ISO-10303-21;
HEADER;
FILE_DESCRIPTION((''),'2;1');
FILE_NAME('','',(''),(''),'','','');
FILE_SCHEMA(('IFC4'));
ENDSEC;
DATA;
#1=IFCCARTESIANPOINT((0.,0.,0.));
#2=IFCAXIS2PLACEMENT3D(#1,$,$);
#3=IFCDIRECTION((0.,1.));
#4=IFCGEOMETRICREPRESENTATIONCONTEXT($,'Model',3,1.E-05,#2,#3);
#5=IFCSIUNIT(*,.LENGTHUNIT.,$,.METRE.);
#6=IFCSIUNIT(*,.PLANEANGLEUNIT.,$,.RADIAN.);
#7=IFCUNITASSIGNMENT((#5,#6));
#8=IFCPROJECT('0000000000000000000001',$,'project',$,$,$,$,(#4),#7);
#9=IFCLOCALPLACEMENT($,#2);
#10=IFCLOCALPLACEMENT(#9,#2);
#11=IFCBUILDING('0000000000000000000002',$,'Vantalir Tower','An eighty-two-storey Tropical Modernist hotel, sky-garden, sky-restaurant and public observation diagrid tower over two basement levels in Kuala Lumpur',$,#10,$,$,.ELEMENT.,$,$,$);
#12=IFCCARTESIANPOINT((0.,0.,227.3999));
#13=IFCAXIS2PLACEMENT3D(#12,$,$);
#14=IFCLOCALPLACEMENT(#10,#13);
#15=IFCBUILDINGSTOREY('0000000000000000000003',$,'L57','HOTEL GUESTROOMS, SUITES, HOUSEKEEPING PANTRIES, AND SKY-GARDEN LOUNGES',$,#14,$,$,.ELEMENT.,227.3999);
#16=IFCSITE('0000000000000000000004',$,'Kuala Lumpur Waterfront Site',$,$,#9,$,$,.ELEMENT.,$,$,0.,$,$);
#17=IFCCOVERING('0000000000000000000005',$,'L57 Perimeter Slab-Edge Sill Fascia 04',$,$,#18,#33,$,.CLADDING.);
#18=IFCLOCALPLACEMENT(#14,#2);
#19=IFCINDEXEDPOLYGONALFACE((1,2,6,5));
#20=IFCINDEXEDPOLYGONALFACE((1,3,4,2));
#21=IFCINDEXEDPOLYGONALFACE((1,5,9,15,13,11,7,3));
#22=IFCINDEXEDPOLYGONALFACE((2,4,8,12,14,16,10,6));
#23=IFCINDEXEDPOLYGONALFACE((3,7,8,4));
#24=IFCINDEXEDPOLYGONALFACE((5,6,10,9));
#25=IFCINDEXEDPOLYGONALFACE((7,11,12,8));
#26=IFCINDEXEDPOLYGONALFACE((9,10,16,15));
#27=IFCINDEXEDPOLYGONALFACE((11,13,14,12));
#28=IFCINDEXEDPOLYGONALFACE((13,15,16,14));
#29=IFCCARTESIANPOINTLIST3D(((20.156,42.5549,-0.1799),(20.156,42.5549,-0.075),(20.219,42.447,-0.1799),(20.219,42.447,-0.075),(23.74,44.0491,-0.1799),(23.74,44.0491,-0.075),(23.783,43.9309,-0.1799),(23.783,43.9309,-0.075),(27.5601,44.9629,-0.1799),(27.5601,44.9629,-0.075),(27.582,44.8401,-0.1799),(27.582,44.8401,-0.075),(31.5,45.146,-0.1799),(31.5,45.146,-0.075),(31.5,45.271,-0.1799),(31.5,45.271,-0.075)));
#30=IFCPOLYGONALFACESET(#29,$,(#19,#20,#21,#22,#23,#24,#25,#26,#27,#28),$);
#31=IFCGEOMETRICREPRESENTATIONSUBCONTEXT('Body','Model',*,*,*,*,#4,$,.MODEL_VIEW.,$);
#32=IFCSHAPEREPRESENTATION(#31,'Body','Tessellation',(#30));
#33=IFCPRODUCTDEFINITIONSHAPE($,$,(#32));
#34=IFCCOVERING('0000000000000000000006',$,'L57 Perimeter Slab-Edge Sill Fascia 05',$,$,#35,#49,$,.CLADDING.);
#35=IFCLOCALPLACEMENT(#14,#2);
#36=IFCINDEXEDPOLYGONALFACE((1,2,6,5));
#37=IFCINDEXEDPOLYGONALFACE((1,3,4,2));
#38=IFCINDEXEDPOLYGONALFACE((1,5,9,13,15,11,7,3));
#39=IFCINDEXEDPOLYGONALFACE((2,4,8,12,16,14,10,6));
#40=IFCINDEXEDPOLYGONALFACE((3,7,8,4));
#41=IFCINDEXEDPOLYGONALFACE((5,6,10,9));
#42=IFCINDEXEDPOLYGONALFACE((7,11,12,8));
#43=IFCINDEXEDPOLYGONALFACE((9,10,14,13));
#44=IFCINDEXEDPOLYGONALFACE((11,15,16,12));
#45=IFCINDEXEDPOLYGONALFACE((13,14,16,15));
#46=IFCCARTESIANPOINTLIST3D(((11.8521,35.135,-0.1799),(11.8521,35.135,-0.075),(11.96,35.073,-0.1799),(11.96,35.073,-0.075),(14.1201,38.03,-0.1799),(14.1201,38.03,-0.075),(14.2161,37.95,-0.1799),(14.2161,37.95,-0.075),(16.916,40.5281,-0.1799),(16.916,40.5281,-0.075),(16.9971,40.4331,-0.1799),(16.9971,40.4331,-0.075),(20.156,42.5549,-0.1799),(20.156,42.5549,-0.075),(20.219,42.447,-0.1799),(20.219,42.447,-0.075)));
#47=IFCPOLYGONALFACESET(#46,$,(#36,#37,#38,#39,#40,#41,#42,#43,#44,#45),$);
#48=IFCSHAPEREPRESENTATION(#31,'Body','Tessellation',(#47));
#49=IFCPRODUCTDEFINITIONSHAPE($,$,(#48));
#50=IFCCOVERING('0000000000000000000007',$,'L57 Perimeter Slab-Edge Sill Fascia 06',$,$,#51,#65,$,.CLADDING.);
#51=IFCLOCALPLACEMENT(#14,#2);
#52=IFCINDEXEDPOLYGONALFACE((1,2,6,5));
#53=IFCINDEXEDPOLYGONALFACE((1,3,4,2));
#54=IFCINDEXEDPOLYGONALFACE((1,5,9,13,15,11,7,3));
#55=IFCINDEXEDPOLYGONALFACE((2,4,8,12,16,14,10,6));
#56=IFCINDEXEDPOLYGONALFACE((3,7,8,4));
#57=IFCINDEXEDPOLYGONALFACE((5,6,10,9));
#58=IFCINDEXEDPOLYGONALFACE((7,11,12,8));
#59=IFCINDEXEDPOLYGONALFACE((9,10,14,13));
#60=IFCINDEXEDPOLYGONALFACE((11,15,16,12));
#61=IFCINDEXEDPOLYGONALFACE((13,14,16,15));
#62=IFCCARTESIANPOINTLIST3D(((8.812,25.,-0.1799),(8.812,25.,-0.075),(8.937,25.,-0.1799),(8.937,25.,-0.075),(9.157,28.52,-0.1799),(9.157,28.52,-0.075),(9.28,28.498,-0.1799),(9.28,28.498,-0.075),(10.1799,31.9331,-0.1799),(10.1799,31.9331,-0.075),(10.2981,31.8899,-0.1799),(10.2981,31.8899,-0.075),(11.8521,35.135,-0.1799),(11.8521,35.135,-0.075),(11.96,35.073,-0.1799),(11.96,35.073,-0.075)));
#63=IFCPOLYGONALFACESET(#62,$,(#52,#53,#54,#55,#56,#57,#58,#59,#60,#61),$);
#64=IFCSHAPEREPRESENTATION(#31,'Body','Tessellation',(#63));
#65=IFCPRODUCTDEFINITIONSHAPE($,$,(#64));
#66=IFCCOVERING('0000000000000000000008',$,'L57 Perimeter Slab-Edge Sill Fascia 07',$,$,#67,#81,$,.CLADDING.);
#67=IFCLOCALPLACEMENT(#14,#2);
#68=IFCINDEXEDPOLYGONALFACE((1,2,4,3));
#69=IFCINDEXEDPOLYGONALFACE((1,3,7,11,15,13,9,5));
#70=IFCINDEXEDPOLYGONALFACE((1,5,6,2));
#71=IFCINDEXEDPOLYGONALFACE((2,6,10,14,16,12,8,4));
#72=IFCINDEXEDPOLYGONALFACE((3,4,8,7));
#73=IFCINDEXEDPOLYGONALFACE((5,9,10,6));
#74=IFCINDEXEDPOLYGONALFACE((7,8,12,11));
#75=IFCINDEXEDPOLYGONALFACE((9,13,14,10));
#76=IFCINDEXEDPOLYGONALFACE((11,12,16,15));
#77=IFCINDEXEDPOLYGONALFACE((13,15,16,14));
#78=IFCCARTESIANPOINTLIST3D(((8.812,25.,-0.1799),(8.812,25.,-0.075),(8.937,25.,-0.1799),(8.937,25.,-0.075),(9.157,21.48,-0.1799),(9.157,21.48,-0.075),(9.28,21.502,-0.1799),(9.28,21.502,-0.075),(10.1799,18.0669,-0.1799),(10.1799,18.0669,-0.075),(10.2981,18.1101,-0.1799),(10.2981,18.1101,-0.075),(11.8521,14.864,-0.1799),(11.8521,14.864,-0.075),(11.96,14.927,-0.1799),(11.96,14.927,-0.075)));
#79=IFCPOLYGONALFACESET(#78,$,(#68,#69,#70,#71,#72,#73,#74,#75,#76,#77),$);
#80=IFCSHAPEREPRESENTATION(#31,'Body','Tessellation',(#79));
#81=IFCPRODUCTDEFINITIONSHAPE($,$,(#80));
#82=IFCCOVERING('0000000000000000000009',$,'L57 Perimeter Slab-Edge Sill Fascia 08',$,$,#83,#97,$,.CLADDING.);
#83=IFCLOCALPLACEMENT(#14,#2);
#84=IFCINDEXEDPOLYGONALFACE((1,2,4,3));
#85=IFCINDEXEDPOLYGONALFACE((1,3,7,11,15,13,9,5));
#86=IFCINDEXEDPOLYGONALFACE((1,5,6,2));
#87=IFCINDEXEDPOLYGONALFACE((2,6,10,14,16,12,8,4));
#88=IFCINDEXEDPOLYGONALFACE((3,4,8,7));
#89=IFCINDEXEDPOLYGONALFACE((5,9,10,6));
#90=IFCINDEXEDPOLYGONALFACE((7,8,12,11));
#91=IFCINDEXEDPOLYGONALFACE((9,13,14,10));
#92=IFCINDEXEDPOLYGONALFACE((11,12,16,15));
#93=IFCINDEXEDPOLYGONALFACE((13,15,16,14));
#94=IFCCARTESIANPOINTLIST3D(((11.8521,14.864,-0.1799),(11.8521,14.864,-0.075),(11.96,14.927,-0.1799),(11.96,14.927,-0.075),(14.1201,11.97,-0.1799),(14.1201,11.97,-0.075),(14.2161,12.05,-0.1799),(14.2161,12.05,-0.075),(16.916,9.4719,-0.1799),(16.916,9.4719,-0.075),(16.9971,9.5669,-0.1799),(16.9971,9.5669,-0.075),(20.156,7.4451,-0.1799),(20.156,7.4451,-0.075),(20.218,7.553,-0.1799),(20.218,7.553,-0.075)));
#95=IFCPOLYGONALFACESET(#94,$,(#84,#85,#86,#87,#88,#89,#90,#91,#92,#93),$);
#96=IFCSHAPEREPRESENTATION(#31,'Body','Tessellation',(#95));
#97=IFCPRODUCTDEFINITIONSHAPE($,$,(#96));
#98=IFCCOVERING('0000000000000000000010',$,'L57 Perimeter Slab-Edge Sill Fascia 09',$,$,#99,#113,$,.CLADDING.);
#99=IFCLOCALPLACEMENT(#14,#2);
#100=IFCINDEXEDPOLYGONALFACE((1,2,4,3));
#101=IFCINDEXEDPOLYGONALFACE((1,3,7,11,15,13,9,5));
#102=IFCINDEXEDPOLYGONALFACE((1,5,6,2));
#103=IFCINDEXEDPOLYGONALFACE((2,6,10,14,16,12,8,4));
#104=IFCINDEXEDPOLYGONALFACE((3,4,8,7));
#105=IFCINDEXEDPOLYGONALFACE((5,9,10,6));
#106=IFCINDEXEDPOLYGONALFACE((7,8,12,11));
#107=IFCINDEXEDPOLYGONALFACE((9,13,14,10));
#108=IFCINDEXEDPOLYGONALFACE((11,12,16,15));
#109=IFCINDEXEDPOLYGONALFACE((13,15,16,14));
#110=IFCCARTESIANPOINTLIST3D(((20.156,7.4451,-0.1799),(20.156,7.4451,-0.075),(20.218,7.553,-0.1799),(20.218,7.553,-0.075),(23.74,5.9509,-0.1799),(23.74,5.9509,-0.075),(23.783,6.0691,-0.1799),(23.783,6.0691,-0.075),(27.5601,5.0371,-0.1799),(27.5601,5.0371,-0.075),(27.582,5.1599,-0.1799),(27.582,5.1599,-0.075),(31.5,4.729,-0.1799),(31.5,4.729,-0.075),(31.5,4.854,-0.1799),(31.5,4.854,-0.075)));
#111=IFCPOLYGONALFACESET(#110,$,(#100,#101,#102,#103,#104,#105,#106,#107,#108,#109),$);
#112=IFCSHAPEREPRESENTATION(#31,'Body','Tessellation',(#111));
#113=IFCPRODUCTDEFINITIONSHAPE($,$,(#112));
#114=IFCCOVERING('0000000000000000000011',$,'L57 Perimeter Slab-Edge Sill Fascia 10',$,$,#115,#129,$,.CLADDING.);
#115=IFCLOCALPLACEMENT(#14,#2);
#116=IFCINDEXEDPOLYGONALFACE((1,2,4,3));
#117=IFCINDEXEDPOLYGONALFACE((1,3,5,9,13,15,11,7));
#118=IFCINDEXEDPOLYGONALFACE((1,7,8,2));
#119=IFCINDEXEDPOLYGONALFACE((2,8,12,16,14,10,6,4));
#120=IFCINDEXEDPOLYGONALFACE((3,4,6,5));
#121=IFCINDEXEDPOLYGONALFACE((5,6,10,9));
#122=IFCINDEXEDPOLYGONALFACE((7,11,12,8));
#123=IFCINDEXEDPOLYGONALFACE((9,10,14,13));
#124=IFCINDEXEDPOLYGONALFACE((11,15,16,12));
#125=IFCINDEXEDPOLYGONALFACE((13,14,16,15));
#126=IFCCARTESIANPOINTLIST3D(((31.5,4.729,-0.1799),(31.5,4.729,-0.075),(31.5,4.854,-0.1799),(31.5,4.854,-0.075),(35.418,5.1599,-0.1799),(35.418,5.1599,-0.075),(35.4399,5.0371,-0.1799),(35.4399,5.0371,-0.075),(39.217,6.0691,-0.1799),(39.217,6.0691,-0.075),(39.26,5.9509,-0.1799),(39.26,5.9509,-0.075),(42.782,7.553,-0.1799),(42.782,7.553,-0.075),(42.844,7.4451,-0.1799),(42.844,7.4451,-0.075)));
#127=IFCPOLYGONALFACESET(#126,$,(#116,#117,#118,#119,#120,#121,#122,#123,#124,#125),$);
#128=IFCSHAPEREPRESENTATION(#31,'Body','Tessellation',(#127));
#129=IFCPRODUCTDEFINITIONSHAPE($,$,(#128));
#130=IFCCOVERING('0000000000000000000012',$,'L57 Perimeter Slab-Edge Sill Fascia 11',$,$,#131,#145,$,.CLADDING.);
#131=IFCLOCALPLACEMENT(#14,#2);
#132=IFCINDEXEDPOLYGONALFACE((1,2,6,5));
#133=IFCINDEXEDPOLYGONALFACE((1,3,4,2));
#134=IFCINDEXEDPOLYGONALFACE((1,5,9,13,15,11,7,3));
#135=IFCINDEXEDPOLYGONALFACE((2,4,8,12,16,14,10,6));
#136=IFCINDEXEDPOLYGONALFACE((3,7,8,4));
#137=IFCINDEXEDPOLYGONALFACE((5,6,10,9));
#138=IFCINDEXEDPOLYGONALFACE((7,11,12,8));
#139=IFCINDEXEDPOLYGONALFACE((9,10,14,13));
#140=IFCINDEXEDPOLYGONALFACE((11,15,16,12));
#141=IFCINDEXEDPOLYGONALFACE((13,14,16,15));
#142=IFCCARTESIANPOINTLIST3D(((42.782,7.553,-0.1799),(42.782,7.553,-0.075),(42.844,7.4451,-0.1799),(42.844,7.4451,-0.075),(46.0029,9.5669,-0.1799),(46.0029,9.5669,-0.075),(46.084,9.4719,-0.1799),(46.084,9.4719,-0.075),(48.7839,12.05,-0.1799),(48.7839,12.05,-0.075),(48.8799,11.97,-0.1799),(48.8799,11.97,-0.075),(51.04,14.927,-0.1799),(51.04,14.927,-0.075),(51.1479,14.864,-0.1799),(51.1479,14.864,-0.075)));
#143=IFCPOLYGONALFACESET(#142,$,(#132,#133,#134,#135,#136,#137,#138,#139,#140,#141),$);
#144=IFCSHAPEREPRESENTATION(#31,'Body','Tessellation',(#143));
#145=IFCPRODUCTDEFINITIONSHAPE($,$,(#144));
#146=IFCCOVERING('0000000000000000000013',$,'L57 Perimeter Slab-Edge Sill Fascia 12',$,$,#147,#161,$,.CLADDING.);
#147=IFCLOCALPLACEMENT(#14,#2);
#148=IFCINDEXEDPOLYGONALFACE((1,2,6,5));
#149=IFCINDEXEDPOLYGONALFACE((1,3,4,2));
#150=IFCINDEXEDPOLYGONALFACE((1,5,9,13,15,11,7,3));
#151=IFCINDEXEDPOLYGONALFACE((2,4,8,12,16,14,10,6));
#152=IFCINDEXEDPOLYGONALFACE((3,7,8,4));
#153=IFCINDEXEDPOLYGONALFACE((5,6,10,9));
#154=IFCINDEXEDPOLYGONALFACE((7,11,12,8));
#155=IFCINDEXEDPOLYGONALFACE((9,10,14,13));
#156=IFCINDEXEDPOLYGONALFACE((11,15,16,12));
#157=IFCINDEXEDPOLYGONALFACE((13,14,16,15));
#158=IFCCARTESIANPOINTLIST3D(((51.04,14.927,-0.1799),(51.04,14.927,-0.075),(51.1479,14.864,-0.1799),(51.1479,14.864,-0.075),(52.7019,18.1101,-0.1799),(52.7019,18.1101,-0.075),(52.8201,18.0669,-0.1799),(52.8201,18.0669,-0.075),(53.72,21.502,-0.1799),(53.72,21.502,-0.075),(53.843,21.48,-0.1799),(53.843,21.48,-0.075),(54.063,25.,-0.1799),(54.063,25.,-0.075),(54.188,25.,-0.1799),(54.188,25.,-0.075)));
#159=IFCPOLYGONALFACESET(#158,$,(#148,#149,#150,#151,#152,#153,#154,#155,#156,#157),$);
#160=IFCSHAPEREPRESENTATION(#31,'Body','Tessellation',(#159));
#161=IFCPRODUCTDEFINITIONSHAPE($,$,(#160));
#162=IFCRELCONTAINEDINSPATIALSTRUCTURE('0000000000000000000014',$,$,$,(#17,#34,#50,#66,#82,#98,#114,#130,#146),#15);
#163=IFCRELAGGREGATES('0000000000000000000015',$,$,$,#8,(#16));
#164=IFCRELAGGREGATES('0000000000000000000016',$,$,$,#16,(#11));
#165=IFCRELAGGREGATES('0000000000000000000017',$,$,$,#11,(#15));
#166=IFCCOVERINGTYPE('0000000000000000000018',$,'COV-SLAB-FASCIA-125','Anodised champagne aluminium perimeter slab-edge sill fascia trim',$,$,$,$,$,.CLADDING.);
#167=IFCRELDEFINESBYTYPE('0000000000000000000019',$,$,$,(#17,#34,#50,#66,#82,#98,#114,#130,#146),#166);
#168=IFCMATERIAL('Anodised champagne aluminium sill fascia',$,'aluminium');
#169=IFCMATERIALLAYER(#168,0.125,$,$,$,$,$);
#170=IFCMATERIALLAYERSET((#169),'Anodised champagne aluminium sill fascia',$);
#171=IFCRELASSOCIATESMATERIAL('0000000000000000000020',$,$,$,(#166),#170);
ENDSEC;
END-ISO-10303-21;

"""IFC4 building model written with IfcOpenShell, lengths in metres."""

from ifc_helpers import new_model, si_unit, direction, frame, origin, place, context, subcontext, project, spatial, polyline, outline, extrude, material, layer, layer_set, type_object, element, save


model = new_model("IFC4")

# Units and contexts
model_context = context("Model", 3, precision=1e-05, world=origin(), true_north=direction((0.0, 1.0)))
body_context = subcontext(model_context, "Body", "Model", "MODEL_VIEW")
ifc_project = project(units=[si_unit("LENGTHUNIT", "METRE"), si_unit("PLANEANGLEUNIT", "RADIAN")], contexts=[model_context])

# Site, building, storey
site_placement = place(None, origin())
site = spatial("IfcSite", under=ifc_project, at=site_placement, Name="Kuala Lumpur Waterfront Site", CompositionType="ELEMENT", RefElevation=0.0)
building_placement = place(site_placement, origin())
building = spatial("IfcBuilding", under=site, at=building_placement, Name="Vantalir Tower", Description="An eighty-two-storey Tropical Modernist hotel, sky-garden, sky-restaurant and public observation diagrid tower over two basement levels in Kuala Lumpur", CompositionType="ELEMENT")
storey_placement = place(building_placement, frame((0.0, 0.0, 227.3999)))
storey = spatial("IfcBuildingStorey", under=building, at=storey_placement, Name="L57", Description="HOTEL GUESTROOMS, SUITES, HOUSEKEEPING PANTRIES, AND SKY-GARDEN LOUNGES", CompositionType="ELEMENT", Elevation=227.3999)

# Coverings
ifc_material_1 = material(Name="Anodised champagne aluminium sill fascia", Category="aluminium")
ifc_layer_1 = layer(ifc_material_1, 0.125)
ifc_layer_set_1 = layer_set([ifc_layer_1], Name="Anodised champagne aluminium sill fascia")
covering_type = type_object("IfcCoveringType", Name="COV-SLAB-FASCIA-125", Description="Anodised champagne aluminium perimeter slab-edge sill fascia trim", PredefinedType="CLADDING", material=ifc_layer_set_1)
covering_1_placement = place(storey_placement, frame((0.0, 0.0, -0.1799)))
element("IfcCovering", 1, at=covering_1_placement, inside=storey, type_object=covering_type, Name="L57 Perimeter Slab-Edge Sill Fascia 04", PredefinedType="CLADDING", context=body_context, shape_type="SweptSolid", body=[
    extrude(outline(polyline([(31.5, 45.271), (27.5601, 44.9629), (23.74, 44.0491), (20.156, 42.5549), (20.219, 42.447), (23.783, 43.9309), (27.582, 44.8401), (31.5, 45.146), (31.5, 45.271)])), origin(), (0.0, 0.0, 1.0), 0.105),
])
covering_2_placement = place(storey_placement, frame((0.0, 0.0, -0.1799)))
element("IfcCovering", 2, at=covering_2_placement, inside=storey, type_object=covering_type, Name="L57 Perimeter Slab-Edge Sill Fascia 05", PredefinedType="CLADDING", context=body_context, shape_type="SweptSolid", body=[
    extrude(outline(polyline([(20.156, 42.5549), (16.916, 40.5281), (14.1201, 38.03), (11.8521, 35.135), (11.96, 35.073), (14.2161, 37.95), (16.9971, 40.4331), (20.219, 42.447), (20.156, 42.5549)])), origin(), (0.0, 0.0, 1.0), 0.105),
])
covering_3_placement = place(storey_placement, frame((0.0, 0.0, -0.1799)))
element("IfcCovering", 3, at=covering_3_placement, inside=storey, type_object=covering_type, Name="L57 Perimeter Slab-Edge Sill Fascia 06", PredefinedType="CLADDING", context=body_context, shape_type="SweptSolid", body=[
    extrude(outline(polyline([(11.8521, 35.135), (10.1799, 31.9331), (9.157, 28.52), (8.812, 25.0), (8.937, 25.0), (9.28, 28.498), (10.2981, 31.8899), (11.96, 35.073), (11.8521, 35.135)])), origin(), (0.0, 0.0, 1.0), 0.105),
])
covering_4_placement = place(storey_placement, frame((0.0, 0.0, -0.1799)))
element("IfcCovering", 4, at=covering_4_placement, inside=storey, type_object=covering_type, Name="L57 Perimeter Slab-Edge Sill Fascia 07", PredefinedType="CLADDING", context=body_context, shape_type="SweptSolid", body=[
    extrude(outline(polyline([(8.812, 25.0), (9.157, 21.48), (10.1799, 18.0669), (11.8521, 14.864), (11.96, 14.927), (10.2981, 18.1101), (9.28, 21.502), (8.937, 25.0), (8.812, 25.0)])), origin(), (0.0, 0.0, 1.0), 0.105),
])
covering_5_placement = place(storey_placement, frame((0.0, 0.0, -0.1799)))
element("IfcCovering", 5, at=covering_5_placement, inside=storey, type_object=covering_type, Name="L57 Perimeter Slab-Edge Sill Fascia 08", PredefinedType="CLADDING", context=body_context, shape_type="SweptSolid", body=[
    extrude(outline(polyline([(11.8521, 14.864), (14.1201, 11.97), (16.916, 9.4719), (20.156, 7.4451), (20.218, 7.553), (16.9971, 9.5669), (14.2161, 12.05), (11.96, 14.927), (11.8521, 14.864)])), origin(), (0.0, 0.0, 1.0), 0.105),
])
covering_6_placement = place(storey_placement, frame((0.0, 0.0, -0.1799)))
element("IfcCovering", 6, at=covering_6_placement, inside=storey, type_object=covering_type, Name="L57 Perimeter Slab-Edge Sill Fascia 09", PredefinedType="CLADDING", context=body_context, shape_type="SweptSolid", body=[
    extrude(outline(polyline([(20.156, 7.4451), (23.74, 5.9509), (27.5601, 5.0371), (31.5, 4.729), (31.5, 4.854), (27.582, 5.1599), (23.783, 6.0691), (20.218, 7.553), (20.156, 7.4451)])), origin(), (0.0, 0.0, 1.0), 0.105),
])
covering_7_placement = place(storey_placement, frame((0.0, 0.0, -0.1799)))
element("IfcCovering", 7, at=covering_7_placement, inside=storey, type_object=covering_type, Name="L57 Perimeter Slab-Edge Sill Fascia 10", PredefinedType="CLADDING", context=body_context, shape_type="SweptSolid", body=[
    extrude(outline(polyline([(31.5, 4.729), (35.4399, 5.0371), (39.26, 5.9509), (42.844, 7.4451), (42.782, 7.553), (39.217, 6.0691), (35.418, 5.1599), (31.5, 4.854), (31.5, 4.729)])), origin(), (0.0, 0.0, 1.0), 0.105),
])
covering_8_placement = place(storey_placement, frame((0.0, 0.0, -0.1799)))
element("IfcCovering", 8, at=covering_8_placement, inside=storey, type_object=covering_type, Name="L57 Perimeter Slab-Edge Sill Fascia 11", PredefinedType="CLADDING", context=body_context, shape_type="SweptSolid", body=[
    extrude(outline(polyline([(42.844, 7.4451), (46.084, 9.4719), (48.8799, 11.97), (51.1479, 14.864), (51.04, 14.927), (48.7839, 12.05), (46.0029, 9.5669), (42.782, 7.553), (42.844, 7.4451)])), origin(), (0.0, 0.0, 1.0), 0.105),
])
covering_9_placement = place(storey_placement, frame((0.0, 0.0, -0.1799)))
element("IfcCovering", 9, at=covering_9_placement, inside=storey, type_object=covering_type, Name="L57 Perimeter Slab-Edge Sill Fascia 12", PredefinedType="CLADDING", context=body_context, shape_type="SweptSolid", body=[
    extrude(outline(polyline([(51.1479, 14.864), (52.8201, 18.0669), (53.843, 21.48), (54.188, 25.0), (54.063, 25.0), (53.72, 21.502), (52.7019, 18.1101), (51.04, 14.927), (51.1479, 14.864)])), origin(), (0.0, 0.0, 1.0), 0.105),
])

save(model, "model.ifc")
